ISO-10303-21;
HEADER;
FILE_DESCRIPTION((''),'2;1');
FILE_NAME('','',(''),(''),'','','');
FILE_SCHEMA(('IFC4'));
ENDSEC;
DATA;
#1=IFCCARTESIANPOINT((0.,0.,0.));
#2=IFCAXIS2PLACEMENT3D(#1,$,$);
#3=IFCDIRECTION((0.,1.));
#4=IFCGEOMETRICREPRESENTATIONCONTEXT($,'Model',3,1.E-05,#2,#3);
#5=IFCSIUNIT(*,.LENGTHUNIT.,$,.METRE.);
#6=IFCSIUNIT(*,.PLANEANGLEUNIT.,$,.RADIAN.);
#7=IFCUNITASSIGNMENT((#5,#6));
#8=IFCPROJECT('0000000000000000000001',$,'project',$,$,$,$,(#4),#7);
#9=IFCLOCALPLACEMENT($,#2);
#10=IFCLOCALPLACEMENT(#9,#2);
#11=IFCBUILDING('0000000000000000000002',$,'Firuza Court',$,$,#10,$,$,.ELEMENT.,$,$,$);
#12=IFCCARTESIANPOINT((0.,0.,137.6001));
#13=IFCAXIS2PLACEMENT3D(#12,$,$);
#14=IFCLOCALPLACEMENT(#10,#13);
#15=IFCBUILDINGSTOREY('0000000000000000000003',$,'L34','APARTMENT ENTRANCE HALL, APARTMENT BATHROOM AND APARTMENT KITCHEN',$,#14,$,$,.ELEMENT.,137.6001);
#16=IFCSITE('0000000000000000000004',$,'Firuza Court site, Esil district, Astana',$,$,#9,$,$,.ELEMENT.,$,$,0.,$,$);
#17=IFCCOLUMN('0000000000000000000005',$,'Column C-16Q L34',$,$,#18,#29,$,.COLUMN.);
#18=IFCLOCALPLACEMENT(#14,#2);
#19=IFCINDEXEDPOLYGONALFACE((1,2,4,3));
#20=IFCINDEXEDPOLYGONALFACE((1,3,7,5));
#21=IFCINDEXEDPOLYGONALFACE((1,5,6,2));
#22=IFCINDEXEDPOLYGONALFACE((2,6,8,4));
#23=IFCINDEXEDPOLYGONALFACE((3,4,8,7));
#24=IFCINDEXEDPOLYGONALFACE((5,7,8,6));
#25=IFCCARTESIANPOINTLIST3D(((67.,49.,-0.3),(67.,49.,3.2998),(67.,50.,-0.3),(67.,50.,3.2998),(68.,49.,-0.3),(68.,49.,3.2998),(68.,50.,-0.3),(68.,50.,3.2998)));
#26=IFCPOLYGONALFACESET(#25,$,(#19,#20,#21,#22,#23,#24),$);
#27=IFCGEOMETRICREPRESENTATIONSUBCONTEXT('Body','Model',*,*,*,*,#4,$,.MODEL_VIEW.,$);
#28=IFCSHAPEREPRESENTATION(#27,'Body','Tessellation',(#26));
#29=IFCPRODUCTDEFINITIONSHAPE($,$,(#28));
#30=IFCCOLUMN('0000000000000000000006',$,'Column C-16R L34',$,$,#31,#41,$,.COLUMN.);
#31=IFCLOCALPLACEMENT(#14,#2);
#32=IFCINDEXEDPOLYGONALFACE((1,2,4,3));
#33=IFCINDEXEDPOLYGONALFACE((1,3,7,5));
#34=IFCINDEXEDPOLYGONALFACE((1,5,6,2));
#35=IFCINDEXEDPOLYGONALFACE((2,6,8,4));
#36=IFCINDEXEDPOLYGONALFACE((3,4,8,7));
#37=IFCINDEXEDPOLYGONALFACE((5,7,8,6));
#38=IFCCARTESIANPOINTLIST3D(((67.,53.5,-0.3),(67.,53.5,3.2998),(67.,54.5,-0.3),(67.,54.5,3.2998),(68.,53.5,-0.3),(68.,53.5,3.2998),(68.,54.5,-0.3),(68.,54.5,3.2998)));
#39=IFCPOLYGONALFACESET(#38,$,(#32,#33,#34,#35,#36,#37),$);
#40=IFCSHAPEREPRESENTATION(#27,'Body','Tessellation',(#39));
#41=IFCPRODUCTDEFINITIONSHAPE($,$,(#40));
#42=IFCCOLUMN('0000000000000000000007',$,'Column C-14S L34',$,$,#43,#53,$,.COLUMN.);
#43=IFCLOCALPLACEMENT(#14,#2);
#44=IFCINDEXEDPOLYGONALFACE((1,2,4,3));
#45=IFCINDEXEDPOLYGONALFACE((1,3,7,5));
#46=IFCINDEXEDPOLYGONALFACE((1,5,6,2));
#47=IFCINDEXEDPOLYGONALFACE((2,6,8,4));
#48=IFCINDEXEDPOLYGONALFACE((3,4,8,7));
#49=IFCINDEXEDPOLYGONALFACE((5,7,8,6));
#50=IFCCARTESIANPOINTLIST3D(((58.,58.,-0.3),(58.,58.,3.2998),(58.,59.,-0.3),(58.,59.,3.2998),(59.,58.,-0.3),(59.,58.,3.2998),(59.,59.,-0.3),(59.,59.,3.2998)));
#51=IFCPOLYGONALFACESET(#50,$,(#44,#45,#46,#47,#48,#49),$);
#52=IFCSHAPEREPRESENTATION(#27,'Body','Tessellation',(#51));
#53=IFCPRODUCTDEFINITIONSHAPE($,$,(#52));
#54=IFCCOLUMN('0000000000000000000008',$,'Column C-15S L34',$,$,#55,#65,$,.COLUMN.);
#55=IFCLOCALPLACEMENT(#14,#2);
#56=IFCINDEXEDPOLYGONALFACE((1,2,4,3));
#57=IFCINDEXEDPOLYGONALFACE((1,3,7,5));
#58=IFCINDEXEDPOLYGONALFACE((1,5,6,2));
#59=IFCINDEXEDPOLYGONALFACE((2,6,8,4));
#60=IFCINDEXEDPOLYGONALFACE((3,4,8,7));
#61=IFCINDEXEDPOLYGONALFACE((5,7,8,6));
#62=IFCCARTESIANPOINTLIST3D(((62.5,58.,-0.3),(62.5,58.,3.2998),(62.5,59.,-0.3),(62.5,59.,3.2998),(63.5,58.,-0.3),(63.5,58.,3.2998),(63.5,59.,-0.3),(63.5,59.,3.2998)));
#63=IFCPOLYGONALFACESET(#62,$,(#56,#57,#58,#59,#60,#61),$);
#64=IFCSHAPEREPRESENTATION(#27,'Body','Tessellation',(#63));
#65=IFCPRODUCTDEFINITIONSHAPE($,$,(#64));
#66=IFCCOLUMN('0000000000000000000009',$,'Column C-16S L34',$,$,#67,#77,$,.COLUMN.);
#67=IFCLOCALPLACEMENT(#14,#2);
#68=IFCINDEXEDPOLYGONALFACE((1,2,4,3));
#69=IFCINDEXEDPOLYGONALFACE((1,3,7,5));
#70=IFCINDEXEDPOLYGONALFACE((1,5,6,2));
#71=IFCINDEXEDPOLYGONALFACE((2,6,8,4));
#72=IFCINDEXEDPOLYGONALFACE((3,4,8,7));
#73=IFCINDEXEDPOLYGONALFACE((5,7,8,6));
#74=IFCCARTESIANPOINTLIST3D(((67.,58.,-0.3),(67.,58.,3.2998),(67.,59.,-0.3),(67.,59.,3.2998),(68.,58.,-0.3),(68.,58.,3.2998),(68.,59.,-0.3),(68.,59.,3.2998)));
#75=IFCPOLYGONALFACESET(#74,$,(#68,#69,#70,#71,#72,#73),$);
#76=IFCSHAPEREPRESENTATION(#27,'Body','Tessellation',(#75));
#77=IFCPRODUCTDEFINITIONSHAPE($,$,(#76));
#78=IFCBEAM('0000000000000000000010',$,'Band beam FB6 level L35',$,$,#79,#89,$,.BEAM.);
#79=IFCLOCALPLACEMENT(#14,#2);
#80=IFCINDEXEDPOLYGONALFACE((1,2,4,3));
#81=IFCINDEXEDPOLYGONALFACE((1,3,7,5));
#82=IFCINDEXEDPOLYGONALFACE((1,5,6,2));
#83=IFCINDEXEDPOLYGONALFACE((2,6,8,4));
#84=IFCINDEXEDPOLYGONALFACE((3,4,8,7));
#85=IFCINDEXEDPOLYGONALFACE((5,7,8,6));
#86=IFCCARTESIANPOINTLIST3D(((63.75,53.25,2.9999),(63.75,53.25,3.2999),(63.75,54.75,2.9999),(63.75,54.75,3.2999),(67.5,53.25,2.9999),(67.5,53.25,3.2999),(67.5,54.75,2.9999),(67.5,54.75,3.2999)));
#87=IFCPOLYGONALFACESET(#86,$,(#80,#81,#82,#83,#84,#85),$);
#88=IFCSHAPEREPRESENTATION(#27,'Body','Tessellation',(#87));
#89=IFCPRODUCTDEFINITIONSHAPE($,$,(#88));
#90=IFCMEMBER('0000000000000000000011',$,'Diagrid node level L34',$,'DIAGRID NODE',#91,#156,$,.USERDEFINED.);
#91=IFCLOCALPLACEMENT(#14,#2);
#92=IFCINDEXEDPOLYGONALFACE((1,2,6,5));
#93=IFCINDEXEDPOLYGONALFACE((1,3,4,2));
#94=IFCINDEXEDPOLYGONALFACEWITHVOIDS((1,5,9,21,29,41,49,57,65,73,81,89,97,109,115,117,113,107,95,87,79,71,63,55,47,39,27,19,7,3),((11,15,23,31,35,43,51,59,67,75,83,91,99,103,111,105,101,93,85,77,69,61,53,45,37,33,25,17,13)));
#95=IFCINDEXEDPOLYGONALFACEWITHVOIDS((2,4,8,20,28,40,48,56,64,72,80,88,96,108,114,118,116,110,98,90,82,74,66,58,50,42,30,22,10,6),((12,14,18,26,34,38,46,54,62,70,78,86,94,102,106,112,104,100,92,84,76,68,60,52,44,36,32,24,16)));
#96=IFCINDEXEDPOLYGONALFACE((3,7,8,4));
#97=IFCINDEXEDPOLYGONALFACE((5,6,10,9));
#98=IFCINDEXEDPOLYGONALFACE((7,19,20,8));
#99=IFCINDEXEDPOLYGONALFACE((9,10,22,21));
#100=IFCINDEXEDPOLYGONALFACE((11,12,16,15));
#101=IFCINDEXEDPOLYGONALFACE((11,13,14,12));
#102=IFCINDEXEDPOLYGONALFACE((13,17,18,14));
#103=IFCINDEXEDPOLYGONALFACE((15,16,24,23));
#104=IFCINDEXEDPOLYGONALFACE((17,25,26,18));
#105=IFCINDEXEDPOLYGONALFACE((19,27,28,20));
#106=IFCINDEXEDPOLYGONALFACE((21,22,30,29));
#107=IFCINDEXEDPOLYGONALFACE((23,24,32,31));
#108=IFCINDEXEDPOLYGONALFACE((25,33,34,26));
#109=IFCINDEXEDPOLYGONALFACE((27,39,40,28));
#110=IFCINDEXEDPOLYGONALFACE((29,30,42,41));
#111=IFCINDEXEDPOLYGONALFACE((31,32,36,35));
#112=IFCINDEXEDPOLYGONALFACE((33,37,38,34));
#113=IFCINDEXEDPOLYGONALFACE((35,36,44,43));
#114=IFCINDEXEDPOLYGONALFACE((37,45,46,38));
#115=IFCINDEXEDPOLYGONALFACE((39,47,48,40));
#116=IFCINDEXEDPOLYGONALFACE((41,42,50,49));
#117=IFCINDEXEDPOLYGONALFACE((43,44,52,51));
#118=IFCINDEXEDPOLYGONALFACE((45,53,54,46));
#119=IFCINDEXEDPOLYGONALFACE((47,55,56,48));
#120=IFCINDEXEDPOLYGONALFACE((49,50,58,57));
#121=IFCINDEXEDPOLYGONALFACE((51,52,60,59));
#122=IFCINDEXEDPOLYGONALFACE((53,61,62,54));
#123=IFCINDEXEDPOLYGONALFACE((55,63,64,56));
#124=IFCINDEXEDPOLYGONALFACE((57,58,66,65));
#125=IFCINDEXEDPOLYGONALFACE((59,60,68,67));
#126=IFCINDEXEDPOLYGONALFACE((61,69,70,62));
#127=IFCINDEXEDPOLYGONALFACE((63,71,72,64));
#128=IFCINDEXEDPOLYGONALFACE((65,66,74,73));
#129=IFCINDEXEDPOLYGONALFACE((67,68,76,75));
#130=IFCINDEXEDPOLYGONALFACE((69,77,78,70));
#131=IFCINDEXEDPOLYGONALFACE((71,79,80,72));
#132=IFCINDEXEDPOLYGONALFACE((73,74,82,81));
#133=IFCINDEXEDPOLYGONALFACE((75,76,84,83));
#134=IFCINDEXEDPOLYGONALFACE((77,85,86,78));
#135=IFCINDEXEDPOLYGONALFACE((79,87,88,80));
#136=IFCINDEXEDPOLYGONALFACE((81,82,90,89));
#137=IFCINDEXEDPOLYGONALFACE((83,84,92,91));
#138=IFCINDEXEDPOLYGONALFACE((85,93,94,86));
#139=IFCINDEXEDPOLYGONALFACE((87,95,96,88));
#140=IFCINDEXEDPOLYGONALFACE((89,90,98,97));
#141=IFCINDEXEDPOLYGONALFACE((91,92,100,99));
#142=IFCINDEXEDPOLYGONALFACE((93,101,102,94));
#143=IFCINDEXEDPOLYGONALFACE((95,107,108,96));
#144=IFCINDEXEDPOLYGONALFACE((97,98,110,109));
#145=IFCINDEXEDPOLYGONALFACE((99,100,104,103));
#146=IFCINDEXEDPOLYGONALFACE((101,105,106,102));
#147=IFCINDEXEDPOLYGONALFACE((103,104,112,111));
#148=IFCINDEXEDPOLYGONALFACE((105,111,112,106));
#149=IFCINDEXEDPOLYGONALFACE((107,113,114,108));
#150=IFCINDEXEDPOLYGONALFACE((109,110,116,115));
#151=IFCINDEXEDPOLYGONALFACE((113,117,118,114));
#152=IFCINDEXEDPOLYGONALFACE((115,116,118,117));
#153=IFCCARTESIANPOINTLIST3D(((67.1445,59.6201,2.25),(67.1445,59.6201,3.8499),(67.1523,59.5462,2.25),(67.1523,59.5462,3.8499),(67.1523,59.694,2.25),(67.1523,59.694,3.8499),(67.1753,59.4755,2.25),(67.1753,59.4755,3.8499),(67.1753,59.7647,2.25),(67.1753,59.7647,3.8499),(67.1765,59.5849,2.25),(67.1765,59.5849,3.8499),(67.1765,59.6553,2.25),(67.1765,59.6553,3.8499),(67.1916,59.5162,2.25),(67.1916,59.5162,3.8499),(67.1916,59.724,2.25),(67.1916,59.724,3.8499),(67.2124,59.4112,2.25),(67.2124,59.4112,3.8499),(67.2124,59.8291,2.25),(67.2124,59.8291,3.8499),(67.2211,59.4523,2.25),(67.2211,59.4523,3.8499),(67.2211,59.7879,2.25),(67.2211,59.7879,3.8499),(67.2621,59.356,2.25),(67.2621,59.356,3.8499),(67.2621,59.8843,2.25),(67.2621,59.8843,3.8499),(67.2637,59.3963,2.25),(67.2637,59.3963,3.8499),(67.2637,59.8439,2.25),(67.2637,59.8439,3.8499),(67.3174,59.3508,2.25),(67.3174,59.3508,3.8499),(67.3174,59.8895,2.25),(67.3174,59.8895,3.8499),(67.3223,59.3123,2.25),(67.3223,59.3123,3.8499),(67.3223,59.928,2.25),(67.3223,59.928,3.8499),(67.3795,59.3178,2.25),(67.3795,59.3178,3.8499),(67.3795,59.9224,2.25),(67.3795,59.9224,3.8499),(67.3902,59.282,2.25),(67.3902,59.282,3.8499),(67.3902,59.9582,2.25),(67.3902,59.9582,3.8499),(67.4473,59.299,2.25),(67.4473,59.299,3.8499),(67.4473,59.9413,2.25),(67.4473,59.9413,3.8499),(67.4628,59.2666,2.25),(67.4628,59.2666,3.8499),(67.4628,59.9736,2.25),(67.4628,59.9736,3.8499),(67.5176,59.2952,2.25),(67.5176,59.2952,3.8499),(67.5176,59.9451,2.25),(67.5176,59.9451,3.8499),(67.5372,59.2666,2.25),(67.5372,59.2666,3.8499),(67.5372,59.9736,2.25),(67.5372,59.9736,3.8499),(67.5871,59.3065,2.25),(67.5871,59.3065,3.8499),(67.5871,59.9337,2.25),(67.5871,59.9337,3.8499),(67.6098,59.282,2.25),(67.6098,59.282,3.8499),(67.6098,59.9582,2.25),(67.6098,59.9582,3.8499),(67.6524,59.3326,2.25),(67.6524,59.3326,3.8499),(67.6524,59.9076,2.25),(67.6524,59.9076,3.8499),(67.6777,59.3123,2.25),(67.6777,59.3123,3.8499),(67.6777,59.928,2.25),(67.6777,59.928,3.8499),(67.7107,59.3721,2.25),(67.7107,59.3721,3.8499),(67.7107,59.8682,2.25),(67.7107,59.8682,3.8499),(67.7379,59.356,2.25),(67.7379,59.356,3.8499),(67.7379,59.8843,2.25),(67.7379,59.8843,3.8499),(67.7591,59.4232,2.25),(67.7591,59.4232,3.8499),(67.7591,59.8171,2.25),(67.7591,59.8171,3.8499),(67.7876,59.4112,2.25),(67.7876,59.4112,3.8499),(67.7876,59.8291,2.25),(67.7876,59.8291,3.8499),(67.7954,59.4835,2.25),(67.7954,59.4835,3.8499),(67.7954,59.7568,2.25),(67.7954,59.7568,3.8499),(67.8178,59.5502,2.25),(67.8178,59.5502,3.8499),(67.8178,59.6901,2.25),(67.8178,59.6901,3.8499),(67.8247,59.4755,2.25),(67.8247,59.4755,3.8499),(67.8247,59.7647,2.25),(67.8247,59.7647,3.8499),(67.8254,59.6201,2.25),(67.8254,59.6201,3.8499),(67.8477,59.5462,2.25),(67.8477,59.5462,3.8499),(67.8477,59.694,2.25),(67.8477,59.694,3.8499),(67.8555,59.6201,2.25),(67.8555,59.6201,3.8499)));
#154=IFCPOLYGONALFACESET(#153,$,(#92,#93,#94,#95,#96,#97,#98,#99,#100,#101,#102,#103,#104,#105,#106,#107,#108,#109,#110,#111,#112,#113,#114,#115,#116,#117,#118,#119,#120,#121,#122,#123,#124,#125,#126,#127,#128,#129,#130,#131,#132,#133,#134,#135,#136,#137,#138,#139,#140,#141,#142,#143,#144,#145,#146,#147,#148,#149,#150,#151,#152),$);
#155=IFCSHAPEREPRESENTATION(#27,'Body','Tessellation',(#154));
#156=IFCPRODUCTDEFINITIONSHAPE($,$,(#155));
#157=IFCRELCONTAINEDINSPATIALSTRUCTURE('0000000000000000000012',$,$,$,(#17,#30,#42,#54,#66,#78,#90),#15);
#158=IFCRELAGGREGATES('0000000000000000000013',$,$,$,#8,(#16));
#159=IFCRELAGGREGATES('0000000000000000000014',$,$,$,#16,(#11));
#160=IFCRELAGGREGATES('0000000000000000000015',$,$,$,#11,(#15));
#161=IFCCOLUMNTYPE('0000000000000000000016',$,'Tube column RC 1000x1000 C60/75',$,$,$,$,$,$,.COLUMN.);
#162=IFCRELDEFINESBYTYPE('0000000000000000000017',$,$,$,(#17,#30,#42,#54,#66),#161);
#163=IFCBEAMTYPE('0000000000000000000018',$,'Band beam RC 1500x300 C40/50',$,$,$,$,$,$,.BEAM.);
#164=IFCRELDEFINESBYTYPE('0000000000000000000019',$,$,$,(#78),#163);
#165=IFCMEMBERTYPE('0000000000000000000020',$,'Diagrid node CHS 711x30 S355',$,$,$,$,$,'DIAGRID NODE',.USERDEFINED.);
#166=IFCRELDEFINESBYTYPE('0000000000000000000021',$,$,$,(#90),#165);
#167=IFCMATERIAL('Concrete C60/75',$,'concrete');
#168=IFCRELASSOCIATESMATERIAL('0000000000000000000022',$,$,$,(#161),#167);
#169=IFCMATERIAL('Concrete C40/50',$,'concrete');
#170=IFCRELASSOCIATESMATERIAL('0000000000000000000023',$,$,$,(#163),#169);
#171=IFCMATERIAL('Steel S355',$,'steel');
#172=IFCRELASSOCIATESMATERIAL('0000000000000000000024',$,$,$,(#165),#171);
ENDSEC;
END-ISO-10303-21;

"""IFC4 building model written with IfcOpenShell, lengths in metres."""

from ifc_helpers import new_model, si_unit, direction, frame, origin, origin_2d, place, context, subcontext, project, spatial, rectangle, hollow_circle, extrude, material, material_profile, profile_set, type_object, element, save


model = new_model("IFC4")

# Units and contexts
model_context = context("Model", 3, precision=1e-05, world=origin(), true_north=direction((0.0, 1.0)))
body_context = subcontext(model_context, "Body", "Model", "MODEL_VIEW")
ifc_project = project(units=[si_unit("LENGTHUNIT", "METRE"), si_unit("PLANEANGLEUNIT", "RADIAN")], contexts=[model_context])

# Site, building, storey
site_placement = place(None, origin())
site = spatial("IfcSite", under=ifc_project, at=site_placement, Name="Firuza Court site, Esil district, Astana", CompositionType="ELEMENT", RefElevation=0.0)
building_placement = place(site_placement, origin())
building = spatial("IfcBuilding", under=site, at=building_placement, Name="Firuza Court", CompositionType="ELEMENT")
storey_placement = place(building_placement, frame((0.0, 0.0, 137.6001)))
storey = spatial("IfcBuildingStorey", under=building, at=storey_placement, Name="L34", Description="APARTMENT ENTRANCE HALL, APARTMENT BATHROOM AND APARTMENT KITCHEN", CompositionType="ELEMENT", Elevation=137.6001)

# Columns
ifc_material_1 = material(Name="Concrete C60/75", Category="concrete")
ifc_material_profile_1 = material_profile(ifc_material_1, rectangle(XDim=1.0, YDim=1.0, at=origin_2d()), Name="RC 1000x1000")
ifc_profile_set_1 = profile_set([ifc_material_profile_1], Name="Concrete C60/75")
column_type = type_object("IfcColumnType", Name="Tube column RC 1000x1000 C60/75", PredefinedType="COLUMN", material=ifc_profile_set_1)
for number, where, z_axis, x_axis, name in (
    (1, (67.5, 49.5, -0.3), (0.0, 0.0, 1.0), (1.0, 0.0, 0.0), "Column C-16Q L34"),
    (2, (67.5, 54.0, -0.3), (0.0, 0.0, 1.0), (1.0, 0.0, 0.0), "Column C-16R L34"),
    (3, (58.5, 58.5, -0.3), (0.0, 0.0, 1.0), (1.0, 0.0, 0.0), "Column C-14S L34"),
    (4, (63.0, 58.5, -0.3), (0.0, 0.0, 1.0), (1.0, 0.0, 0.0), "Column C-15S L34"),
    (5, (67.5, 58.5, -0.3), (0.0, 0.0, 1.0), (1.0, 0.0, 0.0), "Column C-16S L34"),
):
    element("IfcColumn", number, at=place(storey_placement, frame(where, z_axis=z_axis, x_axis=x_axis)), inside=storey, type_object=column_type, Name=name, PredefinedType="COLUMN", context=body_context, shape_type="SweptSolid", body=[
        extrude(rectangle(XDim=1.0, YDim=1.0, at=origin_2d()), origin(), (0.0, 0.0, 1.0), 3.5999),
    ])

# Beam
ifc_material_2 = material(Name="Concrete C40/50", Category="concrete")
ifc_material_profile_2 = material_profile(ifc_material_2, rectangle(XDim=1.5, YDim=0.3, at=origin_2d()), Name="RC 1500x300")
ifc_profile_set_2 = profile_set([ifc_material_profile_2], Name="Concrete C40/50")
beam_type_1 = type_object("IfcBeamType", Name="Band beam RC 1500x300 C40/50", PredefinedType="BEAM", material=ifc_profile_set_2)
beam_placement = place(storey_placement, frame((67.5, 54.0, 3.1499), z_axis=(-1.0, 0.0, 0.0), x_axis=(0.0, -1.0, 0.0)))
element("IfcBeam", 6, at=beam_placement, inside=storey, type_object=beam_type_1, Name="Band beam FB6 level L35", PredefinedType="BEAM", context=body_context, shape_type="SweptSolid", body=[
    extrude(rectangle(XDim=1.5, YDim=0.3, at=origin_2d()), origin(), (0.0, 0.0, 1.0), 3.75),
])

# Member
ifc_material_3 = material(Name="Steel S355", Category="steel")
ifc_material_profile_3 = material_profile(ifc_material_3, hollow_circle(Radius=0.3555, WallThickness=0.03, at=origin_2d()), Name="CHS 711x30")
ifc_profile_set_3 = profile_set([ifc_material_profile_3], Name="Steel S355")
member_type_1 = type_object("IfcMemberType", Name="Diagrid node CHS 711x30 S355", ElementType="DIAGRID NODE", PredefinedType="USERDEFINED", material=ifc_profile_set_3)
for number, where, z_axis, x_axis, name in (
    (7, (67.5, 59.6201, 2.25), (0.0, 0.0, 1.0), (1.0, 0.0, 0.0), "Diagrid node level L34"),
):
    element("IfcMember", number, at=place(storey_placement, frame(where, z_axis=z_axis, x_axis=x_axis)), inside=storey, type_object=member_type_1, Name=name, ObjectType="DIAGRID NODE", PredefinedType="USERDEFINED", context=body_context, shape_type="SweptSolid", body=[
        extrude(hollow_circle(Radius=0.3555, WallThickness=0.03, at=origin_2d()), origin(), (0.0, 0.0, 1.0), 1.5999),
    ])

save(model, "model.ifc")
